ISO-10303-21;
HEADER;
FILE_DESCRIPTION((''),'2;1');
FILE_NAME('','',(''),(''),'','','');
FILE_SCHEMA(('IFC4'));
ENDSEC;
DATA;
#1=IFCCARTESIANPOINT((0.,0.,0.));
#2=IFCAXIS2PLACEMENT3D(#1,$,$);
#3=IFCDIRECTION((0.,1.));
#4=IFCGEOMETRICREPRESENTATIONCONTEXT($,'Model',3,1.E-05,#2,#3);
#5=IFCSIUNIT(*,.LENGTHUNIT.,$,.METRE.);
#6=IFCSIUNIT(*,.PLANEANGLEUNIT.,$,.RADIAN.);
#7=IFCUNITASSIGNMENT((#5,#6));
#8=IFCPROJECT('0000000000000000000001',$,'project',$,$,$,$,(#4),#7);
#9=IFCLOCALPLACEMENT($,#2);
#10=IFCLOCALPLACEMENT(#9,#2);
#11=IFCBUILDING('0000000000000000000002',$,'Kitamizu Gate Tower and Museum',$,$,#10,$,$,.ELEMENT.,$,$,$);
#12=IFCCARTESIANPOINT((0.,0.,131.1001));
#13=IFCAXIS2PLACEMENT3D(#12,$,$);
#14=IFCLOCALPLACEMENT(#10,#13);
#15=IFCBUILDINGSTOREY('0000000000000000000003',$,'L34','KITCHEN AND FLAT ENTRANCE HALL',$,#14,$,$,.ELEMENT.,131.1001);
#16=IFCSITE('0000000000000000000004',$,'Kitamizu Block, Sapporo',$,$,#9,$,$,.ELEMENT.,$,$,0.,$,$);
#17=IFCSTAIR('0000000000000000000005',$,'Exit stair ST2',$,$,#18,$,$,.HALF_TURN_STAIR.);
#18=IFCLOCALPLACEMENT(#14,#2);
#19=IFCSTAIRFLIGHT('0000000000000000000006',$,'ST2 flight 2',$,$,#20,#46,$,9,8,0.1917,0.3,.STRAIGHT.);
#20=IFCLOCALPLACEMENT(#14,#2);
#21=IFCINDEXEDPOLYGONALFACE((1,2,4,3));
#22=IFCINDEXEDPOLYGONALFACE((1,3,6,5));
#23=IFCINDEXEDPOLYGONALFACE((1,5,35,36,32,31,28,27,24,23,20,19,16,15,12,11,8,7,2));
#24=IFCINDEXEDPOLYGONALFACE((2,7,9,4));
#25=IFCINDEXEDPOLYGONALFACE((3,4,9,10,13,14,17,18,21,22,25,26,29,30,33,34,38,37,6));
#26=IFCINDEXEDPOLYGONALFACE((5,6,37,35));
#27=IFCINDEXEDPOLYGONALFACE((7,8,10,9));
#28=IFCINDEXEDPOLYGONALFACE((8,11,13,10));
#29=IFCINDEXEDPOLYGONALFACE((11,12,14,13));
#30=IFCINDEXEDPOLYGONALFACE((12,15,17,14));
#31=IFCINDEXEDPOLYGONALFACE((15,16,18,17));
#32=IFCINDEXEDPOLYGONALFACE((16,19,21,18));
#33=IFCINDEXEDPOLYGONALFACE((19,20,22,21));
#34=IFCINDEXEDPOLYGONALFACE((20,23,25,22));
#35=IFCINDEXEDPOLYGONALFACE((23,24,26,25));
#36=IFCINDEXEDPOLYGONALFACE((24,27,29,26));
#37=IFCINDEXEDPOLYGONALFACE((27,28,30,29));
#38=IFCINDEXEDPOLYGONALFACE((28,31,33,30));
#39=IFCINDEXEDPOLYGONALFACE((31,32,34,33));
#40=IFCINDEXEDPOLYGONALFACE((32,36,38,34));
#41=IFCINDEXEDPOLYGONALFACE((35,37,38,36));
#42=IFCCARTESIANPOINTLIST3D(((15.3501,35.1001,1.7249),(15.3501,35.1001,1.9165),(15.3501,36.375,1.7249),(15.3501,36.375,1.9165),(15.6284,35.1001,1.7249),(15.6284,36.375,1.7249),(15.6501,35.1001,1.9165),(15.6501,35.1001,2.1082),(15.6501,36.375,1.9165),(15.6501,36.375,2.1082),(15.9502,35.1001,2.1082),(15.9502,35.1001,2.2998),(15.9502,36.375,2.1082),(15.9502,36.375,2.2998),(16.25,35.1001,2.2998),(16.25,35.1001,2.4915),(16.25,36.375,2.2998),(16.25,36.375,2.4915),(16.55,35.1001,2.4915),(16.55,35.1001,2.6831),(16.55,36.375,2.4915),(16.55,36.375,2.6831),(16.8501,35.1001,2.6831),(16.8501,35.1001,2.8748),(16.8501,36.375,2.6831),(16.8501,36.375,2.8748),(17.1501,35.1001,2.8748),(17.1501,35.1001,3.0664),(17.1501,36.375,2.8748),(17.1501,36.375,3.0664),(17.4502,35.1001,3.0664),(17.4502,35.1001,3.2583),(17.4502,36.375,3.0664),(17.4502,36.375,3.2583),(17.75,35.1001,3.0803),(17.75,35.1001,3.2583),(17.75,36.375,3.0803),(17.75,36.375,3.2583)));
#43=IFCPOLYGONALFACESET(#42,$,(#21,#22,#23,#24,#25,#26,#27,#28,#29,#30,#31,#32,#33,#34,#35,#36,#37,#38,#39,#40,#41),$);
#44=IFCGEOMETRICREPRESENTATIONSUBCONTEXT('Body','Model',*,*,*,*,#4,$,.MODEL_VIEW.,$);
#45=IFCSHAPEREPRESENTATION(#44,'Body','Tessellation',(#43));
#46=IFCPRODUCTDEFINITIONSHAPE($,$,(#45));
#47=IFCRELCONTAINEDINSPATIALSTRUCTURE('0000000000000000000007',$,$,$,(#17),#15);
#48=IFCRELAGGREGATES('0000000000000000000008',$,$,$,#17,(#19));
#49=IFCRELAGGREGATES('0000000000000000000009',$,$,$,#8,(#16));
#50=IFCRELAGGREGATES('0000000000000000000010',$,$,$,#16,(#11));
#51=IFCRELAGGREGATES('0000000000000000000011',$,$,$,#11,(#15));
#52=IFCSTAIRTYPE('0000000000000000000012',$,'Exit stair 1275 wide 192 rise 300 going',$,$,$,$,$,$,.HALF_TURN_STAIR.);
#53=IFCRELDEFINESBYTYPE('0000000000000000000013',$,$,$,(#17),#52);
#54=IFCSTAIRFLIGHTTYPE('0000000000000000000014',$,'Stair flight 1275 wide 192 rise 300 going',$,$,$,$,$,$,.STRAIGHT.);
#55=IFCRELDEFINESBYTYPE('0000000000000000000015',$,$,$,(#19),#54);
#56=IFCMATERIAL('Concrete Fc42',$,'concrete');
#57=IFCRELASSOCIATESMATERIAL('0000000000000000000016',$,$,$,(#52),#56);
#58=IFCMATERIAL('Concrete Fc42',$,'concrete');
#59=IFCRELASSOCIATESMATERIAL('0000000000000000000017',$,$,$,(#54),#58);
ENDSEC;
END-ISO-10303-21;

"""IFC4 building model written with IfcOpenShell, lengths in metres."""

from ifc_helpers import new_model, si_unit, direction, frame, origin, place, context, subcontext, project, spatial, polyline, outline, extrude, material, type_object, element, aggregate, save


model = new_model("IFC4")

# Units and contexts
model_context = context("Model", 3, precision=1e-05, world=origin(), true_north=direction((0.0, 1.0)))
body_context = subcontext(model_context, "Body", "Model", "MODEL_VIEW")
ifc_project = project(units=[si_unit("LENGTHUNIT", "METRE"), si_unit("PLANEANGLEUNIT", "RADIAN")], contexts=[model_context])

# Site, building, storey
site_placement = place(None, origin())
site = spatial("IfcSite", under=ifc_project, at=site_placement, Name="Kitamizu Block, Sapporo", CompositionType="ELEMENT", RefElevation=0.0)
building_placement = place(site_placement, origin())
building = spatial("IfcBuilding", under=site, at=building_placement, Name="Kitamizu Gate Tower and Museum", CompositionType="ELEMENT")
storey_placement = place(building_placement, frame((0.0, 0.0, 131.1001)))
storey = spatial("IfcBuildingStorey", under=building, at=storey_placement, Name="L34", Description="KITCHEN AND FLAT ENTRANCE HALL", CompositionType="ELEMENT", Elevation=131.1001)

# Stair, stair flight
ifc_material_1 = material(Name="Concrete Fc42", Category="concrete")
stair_type = type_object("IfcStairType", Name="Exit stair 1275 wide 192 rise 300 going", PredefinedType="HALF_TURN_STAIR", material=ifc_material_1)
stair_placement = place(storey_placement, origin())
stair = element("IfcStair", 1, at=stair_placement, inside=storey, type_object=stair_type, Name="Exit stair ST2", PredefinedType="HALF_TURN_STAIR")
ifc_material_2 = material(Name="Concrete Fc42", Category="concrete")
stair_flight_type = type_object("IfcStairFlightType", Name="Stair flight 1275 wide 192 rise 300 going", PredefinedType="STRAIGHT", material=ifc_material_2)
stair_flight_1_placement = place(storey_placement, frame((15.3501, 35.7375, 1.7249), z_axis=(0.0, 0.0, 1.0), x_axis=(1.0, 0.0, 0.0)))
stair_flight_1 = element("IfcStairFlight", 2, at=stair_flight_1_placement, type_object=stair_flight_type, Name="ST2 flight 2", NumberOfRisers=9, NumberOfTreads=8, PredefinedType="STRAIGHT", RiserHeight=0.1917, TreadLength=0.3, context=body_context, shape_type="SweptSolid", body=[
    extrude(outline(polyline([(0.0, 0.0), (0.0, 0.1917), (0.3, 0.1917), (0.3, 0.3833), (0.6001, 0.3833), (0.6001, 0.575), (0.8999, 0.575), (0.8999, 0.7666), (1.2, 0.7666), (1.2, 0.9583), (1.5, 0.9583), (1.5, 1.1499), (1.8, 1.1499), (1.8, 1.3416), (2.1001, 1.3416), (2.1001, 1.5334), (2.3999, 1.5334), (2.3999, 1.7251), (2.3999, 1.3555), (0.2783, 0.0), (0.0, 0.0)])), frame((0.0, 0.6375, 0.0), z_axis=(0.0, -1.0, 0.0), x_axis=(1.0, 0.0, 0.0)), (0.0, 0.0, 1.0), 1.2749),
])
aggregate(stair, [stair_flight_1])

save(model, "model.ifc")
